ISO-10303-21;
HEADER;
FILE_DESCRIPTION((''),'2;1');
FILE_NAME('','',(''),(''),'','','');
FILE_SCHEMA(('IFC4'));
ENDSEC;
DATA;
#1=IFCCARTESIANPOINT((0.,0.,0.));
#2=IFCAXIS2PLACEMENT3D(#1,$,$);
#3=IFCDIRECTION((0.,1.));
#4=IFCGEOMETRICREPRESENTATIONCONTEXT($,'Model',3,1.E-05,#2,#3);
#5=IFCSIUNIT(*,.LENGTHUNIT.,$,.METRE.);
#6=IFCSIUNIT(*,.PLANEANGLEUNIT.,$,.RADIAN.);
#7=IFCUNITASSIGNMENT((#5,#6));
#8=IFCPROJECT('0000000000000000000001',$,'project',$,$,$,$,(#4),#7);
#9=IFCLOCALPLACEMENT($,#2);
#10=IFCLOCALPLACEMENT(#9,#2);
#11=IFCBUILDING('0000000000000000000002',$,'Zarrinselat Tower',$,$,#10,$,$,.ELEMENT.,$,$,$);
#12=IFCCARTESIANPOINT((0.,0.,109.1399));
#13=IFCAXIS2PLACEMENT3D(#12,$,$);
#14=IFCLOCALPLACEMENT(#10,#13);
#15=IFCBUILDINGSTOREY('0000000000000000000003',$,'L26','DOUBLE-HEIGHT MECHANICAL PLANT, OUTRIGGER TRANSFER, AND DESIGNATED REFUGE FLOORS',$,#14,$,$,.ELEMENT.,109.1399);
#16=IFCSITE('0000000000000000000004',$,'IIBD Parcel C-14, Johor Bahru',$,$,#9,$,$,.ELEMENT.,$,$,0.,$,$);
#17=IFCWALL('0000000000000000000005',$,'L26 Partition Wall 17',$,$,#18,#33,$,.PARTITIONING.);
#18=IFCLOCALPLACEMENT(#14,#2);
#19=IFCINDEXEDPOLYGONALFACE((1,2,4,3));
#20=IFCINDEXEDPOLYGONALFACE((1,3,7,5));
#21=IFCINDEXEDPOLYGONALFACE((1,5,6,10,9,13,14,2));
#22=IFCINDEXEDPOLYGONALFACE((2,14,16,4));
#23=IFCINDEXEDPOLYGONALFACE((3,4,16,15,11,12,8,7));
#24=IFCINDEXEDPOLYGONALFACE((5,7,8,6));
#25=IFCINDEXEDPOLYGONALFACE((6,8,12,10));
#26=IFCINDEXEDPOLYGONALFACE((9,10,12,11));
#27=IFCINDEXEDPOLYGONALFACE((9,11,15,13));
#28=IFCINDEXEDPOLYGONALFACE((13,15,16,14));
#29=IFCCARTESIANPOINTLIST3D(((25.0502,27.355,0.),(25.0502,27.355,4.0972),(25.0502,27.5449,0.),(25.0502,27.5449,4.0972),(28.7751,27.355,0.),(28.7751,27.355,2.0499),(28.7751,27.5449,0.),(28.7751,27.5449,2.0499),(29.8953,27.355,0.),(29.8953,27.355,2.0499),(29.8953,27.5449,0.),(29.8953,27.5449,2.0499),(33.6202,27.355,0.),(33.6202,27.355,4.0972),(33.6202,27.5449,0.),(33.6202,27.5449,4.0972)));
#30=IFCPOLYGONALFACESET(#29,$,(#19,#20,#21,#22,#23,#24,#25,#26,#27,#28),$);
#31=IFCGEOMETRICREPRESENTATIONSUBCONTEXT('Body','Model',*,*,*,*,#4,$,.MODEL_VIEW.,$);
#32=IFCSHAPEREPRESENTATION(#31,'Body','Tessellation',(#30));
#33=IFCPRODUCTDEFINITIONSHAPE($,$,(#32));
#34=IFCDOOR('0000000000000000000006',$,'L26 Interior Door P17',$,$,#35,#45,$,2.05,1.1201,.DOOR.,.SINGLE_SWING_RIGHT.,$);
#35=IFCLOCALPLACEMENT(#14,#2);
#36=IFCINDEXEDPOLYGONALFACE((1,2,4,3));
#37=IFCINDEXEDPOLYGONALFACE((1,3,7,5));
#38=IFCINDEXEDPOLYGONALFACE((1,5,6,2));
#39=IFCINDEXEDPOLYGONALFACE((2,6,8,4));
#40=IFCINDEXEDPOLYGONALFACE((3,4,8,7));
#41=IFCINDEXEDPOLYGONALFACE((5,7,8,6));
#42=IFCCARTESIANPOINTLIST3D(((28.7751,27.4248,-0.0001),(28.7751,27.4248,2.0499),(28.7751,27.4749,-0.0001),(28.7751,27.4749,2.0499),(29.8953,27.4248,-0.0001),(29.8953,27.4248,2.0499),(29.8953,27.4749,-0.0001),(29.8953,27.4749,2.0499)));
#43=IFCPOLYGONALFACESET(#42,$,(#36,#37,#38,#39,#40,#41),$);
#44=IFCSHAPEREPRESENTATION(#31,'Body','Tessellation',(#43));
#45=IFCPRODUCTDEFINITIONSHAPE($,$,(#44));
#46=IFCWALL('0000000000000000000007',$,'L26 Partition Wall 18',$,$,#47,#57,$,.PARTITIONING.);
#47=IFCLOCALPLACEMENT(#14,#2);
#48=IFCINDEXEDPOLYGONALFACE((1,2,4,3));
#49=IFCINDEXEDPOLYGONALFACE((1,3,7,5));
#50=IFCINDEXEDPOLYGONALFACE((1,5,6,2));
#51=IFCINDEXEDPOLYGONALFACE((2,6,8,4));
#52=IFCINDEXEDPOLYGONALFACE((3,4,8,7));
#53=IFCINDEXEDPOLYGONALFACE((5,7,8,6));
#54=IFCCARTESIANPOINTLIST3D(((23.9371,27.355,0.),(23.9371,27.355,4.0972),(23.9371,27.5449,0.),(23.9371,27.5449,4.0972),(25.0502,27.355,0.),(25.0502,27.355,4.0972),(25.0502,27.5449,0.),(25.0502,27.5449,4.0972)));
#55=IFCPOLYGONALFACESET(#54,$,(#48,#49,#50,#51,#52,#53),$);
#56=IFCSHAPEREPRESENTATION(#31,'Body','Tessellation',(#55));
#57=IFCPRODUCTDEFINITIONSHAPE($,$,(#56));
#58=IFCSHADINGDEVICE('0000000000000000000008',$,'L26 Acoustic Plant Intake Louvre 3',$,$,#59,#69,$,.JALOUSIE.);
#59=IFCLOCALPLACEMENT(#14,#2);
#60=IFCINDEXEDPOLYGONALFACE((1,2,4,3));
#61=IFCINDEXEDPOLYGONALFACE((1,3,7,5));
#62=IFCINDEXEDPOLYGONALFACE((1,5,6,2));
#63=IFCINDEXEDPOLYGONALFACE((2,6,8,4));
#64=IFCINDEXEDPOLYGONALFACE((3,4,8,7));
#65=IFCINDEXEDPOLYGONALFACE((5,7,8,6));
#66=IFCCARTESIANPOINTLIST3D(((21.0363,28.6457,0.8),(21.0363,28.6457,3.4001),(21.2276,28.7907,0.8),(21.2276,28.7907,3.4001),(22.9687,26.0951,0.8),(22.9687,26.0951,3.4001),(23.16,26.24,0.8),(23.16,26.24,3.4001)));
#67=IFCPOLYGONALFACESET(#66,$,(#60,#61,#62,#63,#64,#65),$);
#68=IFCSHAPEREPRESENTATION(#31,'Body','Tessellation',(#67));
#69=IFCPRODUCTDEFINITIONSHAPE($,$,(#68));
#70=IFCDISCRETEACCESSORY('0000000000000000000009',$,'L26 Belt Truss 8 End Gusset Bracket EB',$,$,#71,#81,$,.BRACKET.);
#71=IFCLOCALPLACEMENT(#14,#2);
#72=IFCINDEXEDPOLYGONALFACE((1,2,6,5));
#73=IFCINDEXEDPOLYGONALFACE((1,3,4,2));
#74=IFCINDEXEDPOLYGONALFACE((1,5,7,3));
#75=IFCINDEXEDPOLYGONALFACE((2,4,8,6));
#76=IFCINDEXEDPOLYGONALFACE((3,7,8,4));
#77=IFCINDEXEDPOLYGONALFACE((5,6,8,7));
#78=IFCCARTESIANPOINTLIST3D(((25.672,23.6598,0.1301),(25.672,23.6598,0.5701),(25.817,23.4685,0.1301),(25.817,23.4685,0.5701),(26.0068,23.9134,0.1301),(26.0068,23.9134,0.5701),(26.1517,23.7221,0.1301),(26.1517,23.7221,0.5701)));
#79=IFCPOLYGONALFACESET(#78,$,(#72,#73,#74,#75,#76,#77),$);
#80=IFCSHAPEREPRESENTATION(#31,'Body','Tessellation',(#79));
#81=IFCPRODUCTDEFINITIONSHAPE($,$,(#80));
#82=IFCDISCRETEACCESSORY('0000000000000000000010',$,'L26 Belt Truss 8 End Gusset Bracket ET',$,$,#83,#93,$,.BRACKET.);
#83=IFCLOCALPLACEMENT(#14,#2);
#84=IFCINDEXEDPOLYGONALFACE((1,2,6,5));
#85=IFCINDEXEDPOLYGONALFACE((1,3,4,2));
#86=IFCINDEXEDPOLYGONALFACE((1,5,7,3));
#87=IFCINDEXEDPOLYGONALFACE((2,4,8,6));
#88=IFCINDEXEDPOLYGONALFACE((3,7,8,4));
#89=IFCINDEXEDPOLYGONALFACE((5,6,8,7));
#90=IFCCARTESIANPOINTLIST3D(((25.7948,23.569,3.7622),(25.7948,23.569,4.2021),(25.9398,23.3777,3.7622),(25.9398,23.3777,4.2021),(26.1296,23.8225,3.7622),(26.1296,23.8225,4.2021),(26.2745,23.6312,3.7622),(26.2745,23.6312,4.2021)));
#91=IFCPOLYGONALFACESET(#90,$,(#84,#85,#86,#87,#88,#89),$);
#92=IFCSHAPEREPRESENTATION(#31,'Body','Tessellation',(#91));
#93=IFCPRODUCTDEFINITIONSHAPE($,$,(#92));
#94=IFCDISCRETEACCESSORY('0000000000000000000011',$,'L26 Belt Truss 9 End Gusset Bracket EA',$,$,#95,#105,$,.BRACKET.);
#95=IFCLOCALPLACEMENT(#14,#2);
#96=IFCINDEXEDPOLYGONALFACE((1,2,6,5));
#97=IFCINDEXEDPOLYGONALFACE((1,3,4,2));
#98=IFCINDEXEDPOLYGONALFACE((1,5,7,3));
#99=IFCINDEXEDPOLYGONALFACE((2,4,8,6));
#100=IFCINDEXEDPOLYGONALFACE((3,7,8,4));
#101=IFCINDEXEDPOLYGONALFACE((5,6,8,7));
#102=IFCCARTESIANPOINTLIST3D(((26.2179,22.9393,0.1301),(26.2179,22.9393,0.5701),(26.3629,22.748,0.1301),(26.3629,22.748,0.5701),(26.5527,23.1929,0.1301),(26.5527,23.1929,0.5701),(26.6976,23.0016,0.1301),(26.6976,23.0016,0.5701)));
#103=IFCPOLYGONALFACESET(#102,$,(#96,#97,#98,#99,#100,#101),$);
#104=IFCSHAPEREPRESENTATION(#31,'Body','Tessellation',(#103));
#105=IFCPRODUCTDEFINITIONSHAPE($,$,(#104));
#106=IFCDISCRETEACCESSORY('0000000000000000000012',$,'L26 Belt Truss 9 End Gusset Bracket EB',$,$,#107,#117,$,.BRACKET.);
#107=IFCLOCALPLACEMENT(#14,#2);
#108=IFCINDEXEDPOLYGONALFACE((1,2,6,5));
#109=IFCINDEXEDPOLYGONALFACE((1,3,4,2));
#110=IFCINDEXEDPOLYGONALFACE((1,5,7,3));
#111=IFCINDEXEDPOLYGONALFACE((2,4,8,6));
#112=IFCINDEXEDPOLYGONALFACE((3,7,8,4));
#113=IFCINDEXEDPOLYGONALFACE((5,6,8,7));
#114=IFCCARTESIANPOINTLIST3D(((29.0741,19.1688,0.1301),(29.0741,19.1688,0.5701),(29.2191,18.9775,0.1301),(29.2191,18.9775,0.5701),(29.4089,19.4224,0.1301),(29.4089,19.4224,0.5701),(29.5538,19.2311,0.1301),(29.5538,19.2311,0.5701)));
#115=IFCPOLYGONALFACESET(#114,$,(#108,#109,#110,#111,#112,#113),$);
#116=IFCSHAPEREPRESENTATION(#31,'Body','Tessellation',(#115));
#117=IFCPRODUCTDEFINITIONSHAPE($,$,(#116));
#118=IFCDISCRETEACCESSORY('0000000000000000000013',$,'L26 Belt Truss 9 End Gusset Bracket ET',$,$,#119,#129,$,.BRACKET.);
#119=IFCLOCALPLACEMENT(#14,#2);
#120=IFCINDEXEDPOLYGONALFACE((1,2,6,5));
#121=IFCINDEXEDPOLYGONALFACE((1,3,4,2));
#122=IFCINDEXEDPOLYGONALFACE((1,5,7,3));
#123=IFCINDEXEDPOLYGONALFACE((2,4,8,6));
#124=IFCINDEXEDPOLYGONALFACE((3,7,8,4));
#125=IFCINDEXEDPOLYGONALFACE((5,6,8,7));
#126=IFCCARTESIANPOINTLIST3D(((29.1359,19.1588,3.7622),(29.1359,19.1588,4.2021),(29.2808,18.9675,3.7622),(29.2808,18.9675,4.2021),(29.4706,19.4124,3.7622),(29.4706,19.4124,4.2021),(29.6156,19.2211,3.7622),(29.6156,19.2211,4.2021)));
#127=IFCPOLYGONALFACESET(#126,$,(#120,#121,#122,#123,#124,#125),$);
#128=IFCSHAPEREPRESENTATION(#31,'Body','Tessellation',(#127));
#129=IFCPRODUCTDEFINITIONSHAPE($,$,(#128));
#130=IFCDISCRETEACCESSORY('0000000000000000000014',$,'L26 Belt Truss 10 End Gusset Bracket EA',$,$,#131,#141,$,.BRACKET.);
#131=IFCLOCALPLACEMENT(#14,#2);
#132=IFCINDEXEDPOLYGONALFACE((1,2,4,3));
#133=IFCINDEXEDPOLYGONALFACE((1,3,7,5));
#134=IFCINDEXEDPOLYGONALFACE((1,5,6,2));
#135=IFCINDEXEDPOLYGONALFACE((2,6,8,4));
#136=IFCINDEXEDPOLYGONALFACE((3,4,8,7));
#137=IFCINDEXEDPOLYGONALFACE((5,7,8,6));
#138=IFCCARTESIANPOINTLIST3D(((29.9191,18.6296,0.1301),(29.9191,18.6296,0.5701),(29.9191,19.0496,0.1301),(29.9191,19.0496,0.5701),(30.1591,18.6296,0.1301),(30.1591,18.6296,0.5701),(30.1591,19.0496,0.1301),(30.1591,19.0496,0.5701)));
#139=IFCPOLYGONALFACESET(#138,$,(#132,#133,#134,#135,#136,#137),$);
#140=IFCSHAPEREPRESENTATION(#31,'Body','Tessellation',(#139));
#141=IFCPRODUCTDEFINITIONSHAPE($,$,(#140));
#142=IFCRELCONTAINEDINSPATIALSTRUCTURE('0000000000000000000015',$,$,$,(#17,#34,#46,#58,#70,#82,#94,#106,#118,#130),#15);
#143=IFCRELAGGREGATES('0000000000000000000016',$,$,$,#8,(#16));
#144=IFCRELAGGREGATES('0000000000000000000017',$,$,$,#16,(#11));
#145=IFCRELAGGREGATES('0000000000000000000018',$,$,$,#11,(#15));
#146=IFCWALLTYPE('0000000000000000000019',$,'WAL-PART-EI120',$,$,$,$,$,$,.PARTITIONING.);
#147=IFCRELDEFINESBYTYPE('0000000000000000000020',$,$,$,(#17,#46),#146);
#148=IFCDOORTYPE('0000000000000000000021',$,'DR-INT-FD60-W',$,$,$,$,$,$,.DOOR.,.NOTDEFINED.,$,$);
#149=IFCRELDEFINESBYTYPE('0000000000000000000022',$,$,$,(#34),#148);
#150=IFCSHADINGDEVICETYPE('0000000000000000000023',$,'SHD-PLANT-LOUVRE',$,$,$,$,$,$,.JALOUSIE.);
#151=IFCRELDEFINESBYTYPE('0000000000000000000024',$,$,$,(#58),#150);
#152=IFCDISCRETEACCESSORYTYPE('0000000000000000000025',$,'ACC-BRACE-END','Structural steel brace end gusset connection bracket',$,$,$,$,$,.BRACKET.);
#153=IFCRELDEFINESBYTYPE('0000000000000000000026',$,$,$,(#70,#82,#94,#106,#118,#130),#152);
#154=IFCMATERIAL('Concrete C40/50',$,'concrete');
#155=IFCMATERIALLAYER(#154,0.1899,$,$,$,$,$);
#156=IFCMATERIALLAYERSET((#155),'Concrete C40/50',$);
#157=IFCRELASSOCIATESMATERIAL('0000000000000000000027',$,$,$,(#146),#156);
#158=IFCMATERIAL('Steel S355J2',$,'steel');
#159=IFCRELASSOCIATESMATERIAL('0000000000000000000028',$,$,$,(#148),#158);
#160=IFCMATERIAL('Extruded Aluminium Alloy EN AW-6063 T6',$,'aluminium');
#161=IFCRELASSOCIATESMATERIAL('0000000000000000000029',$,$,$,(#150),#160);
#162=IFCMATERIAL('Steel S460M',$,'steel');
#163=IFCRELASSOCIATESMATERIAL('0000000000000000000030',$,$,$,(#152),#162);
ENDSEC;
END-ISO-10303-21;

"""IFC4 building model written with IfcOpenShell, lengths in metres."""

from ifc_helpers import new_model, si_unit, direction, frame, frame_2d, origin, origin_2d, place, context, subcontext, project, spatial, rectangle, extrude, material, layer, layer_set, type_object, element, fill, save


model = new_model("IFC4")

# Units and contexts
model_context = context("Model", 3, precision=1e-05, world=origin(), true_north=direction((0.0, 1.0)))
body_context = subcontext(model_context, "Body", "Model", "MODEL_VIEW")
ifc_project = project(units=[si_unit("LENGTHUNIT", "METRE"), si_unit("PLANEANGLEUNIT", "RADIAN")], contexts=[model_context])

# Site, building, storey
site_placement = place(None, origin())
site = spatial("IfcSite", under=ifc_project, at=site_placement, Name="IIBD Parcel C-14, Johor Bahru", CompositionType="ELEMENT", RefElevation=0.0)
building_placement = place(site_placement, origin())
building = spatial("IfcBuilding", under=site, at=building_placement, Name="Zarrinselat Tower", CompositionType="ELEMENT")
storey_placement = place(building_placement, frame((0.0, 0.0, 109.1399)))
storey = spatial("IfcBuildingStorey", under=building, at=storey_placement, Name="L26", Description="DOUBLE-HEIGHT MECHANICAL PLANT, OUTRIGGER TRANSFER, AND DESIGNATED REFUGE FLOORS", CompositionType="ELEMENT", Elevation=109.1399)

# Wall, opening, door
ifc_material_1 = material(Name="Concrete C40/50", Category="concrete")
ifc_layer_1 = layer(ifc_material_1, 0.1899)
ifc_layer_set_1 = layer_set([ifc_layer_1], Name="Concrete C40/50")
wall_type_1 = type_object("IfcWallType", Name="WAL-PART-EI120", PredefinedType="PARTITIONING", material=ifc_layer_set_1)
wall_1_placement = place(storey_placement, frame((25.05, 27.45, 0.0), z_axis=(0.0, 0.0, 1.0), x_axis=(1.0, 0.0, 0.0)))
wall_1 = element("IfcWall", 1, at=wall_1_placement, inside=storey, type_object=wall_type_1, Name="L26 Partition Wall 17", PredefinedType="PARTITIONING", context=body_context, shape_type="SweptSolid", body=[
    extrude(rectangle(XDim=8.5701, YDim=0.1899, at=frame_2d((4.2852, 0.0))), origin(), (0.0, 0.0, 1.0), 4.0972),
])
opening_placement = place(wall_1_placement, frame((3.7251, 0.0, 0.0)))
opening = element("IfcOpeningElement", 2, at=opening_placement, cuts=wall_1, PredefinedType="OPENING", context=body_context, shape_type="SweptSolid", body=[
    extrude(rectangle(XDim=1.1201, YDim=2.05, at=frame_2d((0.5601, 1.0249))), frame((0.0, 0.105, 0.0), z_axis=(0.0, -1.0, 0.0), x_axis=(1.0, 0.0, 0.0)), (0.0, 0.0, 1.0), 0.21),
])
ifc_material_2 = material(Name="Steel S355J2", Category="steel")
door_type = type_object("IfcDoorType", Name="DR-INT-FD60-W", OperationType="NOTDEFINED", PredefinedType="DOOR", material=ifc_material_2)
door_placement = place(opening_placement, origin())
door = element("IfcDoor", 3, at=door_placement, inside=storey, type_object=door_type, Name="L26 Interior Door P17", OperationType="SINGLE_SWING_RIGHT", OverallHeight=2.05, OverallWidth=1.1201, PredefinedType="DOOR", context=body_context, shape_type="SweptSolid", body=[
    extrude(rectangle(XDim=1.1201, YDim=2.05, at=frame_2d((0.5601, 1.0249))), frame((0.0, 0.0249, 0.0), z_axis=(0.0, -1.0, 0.0), x_axis=(1.0, 0.0, 0.0)), (0.0, 0.0, 1.0), 0.05),
])
fill(opening, door)

# Wall
wall_2_placement = place(storey_placement, frame((23.937, 27.45, 0.0), z_axis=(0.0, 0.0, 1.0), x_axis=(1.0, 0.0, 0.0)))
element("IfcWall", 4, at=wall_2_placement, inside=storey, type_object=wall_type_1, Name="L26 Partition Wall 18", PredefinedType="PARTITIONING", context=body_context, shape_type="SweptSolid", body=[
    extrude(rectangle(XDim=1.113, YDim=0.1899, at=frame_2d((0.5566, 0.0))), origin(), (0.0, 0.0, 1.0), 4.0972),
])

# Shading device
ifc_material_3 = material(Name="Extruded Aluminium Alloy EN AW-6063 T6", Category="aluminium")
shading_device_type = type_object("IfcShadingDeviceType", Name="SHD-PLANT-LOUVRE", PredefinedType="JALOUSIE", material=ifc_material_3)
shading_device_placement = place(storey_placement, frame((22.0981, 27.4429, 0.8), z_axis=(0.0, 0.0, 1.0), x_axis=(0.603858, -0.797092, 0.0)))
element("IfcShadingDevice", 5, at=shading_device_placement, inside=storey, type_object=shading_device_type, Name="L26 Acoustic Plant Intake Louvre 3", PredefinedType="JALOUSIE", context=body_context, shape_type="SweptSolid", body=[
    extrude(rectangle(XDim=3.2, YDim=0.24, at=origin_2d()), origin(), (0.0, 0.0, 1.0), 2.6001),
])

# Discrete accessories
ifc_material_4 = material(Name="Steel S460M", Category="steel")
discrete_accessory_type = type_object("IfcDiscreteAccessoryType", Name="ACC-BRACE-END", Description="Structural steel brace end gusset connection bracket", PredefinedType="BRACKET", material=ifc_material_4)
for number, where, z_axis, x_axis, name in (
    (6, (25.9119, 23.6909, 0.1301), (0.0, 0.0, 1.0), (0.60386, -0.797091, 0.0), "L26 Belt Truss 8 End Gusset Bracket EB"),
    (7, (26.0347, 23.6001, 3.7622), (0.0, 0.0, 1.0), (0.60386, -0.797091, 0.0), "L26 Belt Truss 8 End Gusset Bracket ET"),
    (8, (26.4578, 22.9705, 0.1301), (0.0, 0.0, 1.0), (0.603848, -0.797099, 0.0), "L26 Belt Truss 9 End Gusset Bracket EA"),
    (9, (29.314, 19.2, 0.1301), (0.0, 0.0, 1.0), (0.603848, -0.797099, 0.0), "L26 Belt Truss 9 End Gusset Bracket EB"),
    (10, (29.3757, 19.1899, 3.7622), (0.0, 0.0, 1.0), (0.603848, -0.797099, 0.0), "L26 Belt Truss 9 End Gusset Bracket ET"),
    (11, (30.0391, 18.8396, 0.1301), (0.0, 0.0, 1.0), (1.0, 0.0, 0.0), "L26 Belt Truss 10 End Gusset Bracket EA"),
):
    element("IfcDiscreteAccessory", number, at=place(storey_placement, frame(where, z_axis=z_axis, x_axis=x_axis)), inside=storey, type_object=discrete_accessory_type, Name=name, PredefinedType="BRACKET", context=body_context, shape_type="SweptSolid", body=[
        extrude(rectangle(XDim=0.24, YDim=0.4199, at=origin_2d()), origin(), (0.0, 0.0, 1.0), 0.4399),
    ])

save(model, "model.ifc")
